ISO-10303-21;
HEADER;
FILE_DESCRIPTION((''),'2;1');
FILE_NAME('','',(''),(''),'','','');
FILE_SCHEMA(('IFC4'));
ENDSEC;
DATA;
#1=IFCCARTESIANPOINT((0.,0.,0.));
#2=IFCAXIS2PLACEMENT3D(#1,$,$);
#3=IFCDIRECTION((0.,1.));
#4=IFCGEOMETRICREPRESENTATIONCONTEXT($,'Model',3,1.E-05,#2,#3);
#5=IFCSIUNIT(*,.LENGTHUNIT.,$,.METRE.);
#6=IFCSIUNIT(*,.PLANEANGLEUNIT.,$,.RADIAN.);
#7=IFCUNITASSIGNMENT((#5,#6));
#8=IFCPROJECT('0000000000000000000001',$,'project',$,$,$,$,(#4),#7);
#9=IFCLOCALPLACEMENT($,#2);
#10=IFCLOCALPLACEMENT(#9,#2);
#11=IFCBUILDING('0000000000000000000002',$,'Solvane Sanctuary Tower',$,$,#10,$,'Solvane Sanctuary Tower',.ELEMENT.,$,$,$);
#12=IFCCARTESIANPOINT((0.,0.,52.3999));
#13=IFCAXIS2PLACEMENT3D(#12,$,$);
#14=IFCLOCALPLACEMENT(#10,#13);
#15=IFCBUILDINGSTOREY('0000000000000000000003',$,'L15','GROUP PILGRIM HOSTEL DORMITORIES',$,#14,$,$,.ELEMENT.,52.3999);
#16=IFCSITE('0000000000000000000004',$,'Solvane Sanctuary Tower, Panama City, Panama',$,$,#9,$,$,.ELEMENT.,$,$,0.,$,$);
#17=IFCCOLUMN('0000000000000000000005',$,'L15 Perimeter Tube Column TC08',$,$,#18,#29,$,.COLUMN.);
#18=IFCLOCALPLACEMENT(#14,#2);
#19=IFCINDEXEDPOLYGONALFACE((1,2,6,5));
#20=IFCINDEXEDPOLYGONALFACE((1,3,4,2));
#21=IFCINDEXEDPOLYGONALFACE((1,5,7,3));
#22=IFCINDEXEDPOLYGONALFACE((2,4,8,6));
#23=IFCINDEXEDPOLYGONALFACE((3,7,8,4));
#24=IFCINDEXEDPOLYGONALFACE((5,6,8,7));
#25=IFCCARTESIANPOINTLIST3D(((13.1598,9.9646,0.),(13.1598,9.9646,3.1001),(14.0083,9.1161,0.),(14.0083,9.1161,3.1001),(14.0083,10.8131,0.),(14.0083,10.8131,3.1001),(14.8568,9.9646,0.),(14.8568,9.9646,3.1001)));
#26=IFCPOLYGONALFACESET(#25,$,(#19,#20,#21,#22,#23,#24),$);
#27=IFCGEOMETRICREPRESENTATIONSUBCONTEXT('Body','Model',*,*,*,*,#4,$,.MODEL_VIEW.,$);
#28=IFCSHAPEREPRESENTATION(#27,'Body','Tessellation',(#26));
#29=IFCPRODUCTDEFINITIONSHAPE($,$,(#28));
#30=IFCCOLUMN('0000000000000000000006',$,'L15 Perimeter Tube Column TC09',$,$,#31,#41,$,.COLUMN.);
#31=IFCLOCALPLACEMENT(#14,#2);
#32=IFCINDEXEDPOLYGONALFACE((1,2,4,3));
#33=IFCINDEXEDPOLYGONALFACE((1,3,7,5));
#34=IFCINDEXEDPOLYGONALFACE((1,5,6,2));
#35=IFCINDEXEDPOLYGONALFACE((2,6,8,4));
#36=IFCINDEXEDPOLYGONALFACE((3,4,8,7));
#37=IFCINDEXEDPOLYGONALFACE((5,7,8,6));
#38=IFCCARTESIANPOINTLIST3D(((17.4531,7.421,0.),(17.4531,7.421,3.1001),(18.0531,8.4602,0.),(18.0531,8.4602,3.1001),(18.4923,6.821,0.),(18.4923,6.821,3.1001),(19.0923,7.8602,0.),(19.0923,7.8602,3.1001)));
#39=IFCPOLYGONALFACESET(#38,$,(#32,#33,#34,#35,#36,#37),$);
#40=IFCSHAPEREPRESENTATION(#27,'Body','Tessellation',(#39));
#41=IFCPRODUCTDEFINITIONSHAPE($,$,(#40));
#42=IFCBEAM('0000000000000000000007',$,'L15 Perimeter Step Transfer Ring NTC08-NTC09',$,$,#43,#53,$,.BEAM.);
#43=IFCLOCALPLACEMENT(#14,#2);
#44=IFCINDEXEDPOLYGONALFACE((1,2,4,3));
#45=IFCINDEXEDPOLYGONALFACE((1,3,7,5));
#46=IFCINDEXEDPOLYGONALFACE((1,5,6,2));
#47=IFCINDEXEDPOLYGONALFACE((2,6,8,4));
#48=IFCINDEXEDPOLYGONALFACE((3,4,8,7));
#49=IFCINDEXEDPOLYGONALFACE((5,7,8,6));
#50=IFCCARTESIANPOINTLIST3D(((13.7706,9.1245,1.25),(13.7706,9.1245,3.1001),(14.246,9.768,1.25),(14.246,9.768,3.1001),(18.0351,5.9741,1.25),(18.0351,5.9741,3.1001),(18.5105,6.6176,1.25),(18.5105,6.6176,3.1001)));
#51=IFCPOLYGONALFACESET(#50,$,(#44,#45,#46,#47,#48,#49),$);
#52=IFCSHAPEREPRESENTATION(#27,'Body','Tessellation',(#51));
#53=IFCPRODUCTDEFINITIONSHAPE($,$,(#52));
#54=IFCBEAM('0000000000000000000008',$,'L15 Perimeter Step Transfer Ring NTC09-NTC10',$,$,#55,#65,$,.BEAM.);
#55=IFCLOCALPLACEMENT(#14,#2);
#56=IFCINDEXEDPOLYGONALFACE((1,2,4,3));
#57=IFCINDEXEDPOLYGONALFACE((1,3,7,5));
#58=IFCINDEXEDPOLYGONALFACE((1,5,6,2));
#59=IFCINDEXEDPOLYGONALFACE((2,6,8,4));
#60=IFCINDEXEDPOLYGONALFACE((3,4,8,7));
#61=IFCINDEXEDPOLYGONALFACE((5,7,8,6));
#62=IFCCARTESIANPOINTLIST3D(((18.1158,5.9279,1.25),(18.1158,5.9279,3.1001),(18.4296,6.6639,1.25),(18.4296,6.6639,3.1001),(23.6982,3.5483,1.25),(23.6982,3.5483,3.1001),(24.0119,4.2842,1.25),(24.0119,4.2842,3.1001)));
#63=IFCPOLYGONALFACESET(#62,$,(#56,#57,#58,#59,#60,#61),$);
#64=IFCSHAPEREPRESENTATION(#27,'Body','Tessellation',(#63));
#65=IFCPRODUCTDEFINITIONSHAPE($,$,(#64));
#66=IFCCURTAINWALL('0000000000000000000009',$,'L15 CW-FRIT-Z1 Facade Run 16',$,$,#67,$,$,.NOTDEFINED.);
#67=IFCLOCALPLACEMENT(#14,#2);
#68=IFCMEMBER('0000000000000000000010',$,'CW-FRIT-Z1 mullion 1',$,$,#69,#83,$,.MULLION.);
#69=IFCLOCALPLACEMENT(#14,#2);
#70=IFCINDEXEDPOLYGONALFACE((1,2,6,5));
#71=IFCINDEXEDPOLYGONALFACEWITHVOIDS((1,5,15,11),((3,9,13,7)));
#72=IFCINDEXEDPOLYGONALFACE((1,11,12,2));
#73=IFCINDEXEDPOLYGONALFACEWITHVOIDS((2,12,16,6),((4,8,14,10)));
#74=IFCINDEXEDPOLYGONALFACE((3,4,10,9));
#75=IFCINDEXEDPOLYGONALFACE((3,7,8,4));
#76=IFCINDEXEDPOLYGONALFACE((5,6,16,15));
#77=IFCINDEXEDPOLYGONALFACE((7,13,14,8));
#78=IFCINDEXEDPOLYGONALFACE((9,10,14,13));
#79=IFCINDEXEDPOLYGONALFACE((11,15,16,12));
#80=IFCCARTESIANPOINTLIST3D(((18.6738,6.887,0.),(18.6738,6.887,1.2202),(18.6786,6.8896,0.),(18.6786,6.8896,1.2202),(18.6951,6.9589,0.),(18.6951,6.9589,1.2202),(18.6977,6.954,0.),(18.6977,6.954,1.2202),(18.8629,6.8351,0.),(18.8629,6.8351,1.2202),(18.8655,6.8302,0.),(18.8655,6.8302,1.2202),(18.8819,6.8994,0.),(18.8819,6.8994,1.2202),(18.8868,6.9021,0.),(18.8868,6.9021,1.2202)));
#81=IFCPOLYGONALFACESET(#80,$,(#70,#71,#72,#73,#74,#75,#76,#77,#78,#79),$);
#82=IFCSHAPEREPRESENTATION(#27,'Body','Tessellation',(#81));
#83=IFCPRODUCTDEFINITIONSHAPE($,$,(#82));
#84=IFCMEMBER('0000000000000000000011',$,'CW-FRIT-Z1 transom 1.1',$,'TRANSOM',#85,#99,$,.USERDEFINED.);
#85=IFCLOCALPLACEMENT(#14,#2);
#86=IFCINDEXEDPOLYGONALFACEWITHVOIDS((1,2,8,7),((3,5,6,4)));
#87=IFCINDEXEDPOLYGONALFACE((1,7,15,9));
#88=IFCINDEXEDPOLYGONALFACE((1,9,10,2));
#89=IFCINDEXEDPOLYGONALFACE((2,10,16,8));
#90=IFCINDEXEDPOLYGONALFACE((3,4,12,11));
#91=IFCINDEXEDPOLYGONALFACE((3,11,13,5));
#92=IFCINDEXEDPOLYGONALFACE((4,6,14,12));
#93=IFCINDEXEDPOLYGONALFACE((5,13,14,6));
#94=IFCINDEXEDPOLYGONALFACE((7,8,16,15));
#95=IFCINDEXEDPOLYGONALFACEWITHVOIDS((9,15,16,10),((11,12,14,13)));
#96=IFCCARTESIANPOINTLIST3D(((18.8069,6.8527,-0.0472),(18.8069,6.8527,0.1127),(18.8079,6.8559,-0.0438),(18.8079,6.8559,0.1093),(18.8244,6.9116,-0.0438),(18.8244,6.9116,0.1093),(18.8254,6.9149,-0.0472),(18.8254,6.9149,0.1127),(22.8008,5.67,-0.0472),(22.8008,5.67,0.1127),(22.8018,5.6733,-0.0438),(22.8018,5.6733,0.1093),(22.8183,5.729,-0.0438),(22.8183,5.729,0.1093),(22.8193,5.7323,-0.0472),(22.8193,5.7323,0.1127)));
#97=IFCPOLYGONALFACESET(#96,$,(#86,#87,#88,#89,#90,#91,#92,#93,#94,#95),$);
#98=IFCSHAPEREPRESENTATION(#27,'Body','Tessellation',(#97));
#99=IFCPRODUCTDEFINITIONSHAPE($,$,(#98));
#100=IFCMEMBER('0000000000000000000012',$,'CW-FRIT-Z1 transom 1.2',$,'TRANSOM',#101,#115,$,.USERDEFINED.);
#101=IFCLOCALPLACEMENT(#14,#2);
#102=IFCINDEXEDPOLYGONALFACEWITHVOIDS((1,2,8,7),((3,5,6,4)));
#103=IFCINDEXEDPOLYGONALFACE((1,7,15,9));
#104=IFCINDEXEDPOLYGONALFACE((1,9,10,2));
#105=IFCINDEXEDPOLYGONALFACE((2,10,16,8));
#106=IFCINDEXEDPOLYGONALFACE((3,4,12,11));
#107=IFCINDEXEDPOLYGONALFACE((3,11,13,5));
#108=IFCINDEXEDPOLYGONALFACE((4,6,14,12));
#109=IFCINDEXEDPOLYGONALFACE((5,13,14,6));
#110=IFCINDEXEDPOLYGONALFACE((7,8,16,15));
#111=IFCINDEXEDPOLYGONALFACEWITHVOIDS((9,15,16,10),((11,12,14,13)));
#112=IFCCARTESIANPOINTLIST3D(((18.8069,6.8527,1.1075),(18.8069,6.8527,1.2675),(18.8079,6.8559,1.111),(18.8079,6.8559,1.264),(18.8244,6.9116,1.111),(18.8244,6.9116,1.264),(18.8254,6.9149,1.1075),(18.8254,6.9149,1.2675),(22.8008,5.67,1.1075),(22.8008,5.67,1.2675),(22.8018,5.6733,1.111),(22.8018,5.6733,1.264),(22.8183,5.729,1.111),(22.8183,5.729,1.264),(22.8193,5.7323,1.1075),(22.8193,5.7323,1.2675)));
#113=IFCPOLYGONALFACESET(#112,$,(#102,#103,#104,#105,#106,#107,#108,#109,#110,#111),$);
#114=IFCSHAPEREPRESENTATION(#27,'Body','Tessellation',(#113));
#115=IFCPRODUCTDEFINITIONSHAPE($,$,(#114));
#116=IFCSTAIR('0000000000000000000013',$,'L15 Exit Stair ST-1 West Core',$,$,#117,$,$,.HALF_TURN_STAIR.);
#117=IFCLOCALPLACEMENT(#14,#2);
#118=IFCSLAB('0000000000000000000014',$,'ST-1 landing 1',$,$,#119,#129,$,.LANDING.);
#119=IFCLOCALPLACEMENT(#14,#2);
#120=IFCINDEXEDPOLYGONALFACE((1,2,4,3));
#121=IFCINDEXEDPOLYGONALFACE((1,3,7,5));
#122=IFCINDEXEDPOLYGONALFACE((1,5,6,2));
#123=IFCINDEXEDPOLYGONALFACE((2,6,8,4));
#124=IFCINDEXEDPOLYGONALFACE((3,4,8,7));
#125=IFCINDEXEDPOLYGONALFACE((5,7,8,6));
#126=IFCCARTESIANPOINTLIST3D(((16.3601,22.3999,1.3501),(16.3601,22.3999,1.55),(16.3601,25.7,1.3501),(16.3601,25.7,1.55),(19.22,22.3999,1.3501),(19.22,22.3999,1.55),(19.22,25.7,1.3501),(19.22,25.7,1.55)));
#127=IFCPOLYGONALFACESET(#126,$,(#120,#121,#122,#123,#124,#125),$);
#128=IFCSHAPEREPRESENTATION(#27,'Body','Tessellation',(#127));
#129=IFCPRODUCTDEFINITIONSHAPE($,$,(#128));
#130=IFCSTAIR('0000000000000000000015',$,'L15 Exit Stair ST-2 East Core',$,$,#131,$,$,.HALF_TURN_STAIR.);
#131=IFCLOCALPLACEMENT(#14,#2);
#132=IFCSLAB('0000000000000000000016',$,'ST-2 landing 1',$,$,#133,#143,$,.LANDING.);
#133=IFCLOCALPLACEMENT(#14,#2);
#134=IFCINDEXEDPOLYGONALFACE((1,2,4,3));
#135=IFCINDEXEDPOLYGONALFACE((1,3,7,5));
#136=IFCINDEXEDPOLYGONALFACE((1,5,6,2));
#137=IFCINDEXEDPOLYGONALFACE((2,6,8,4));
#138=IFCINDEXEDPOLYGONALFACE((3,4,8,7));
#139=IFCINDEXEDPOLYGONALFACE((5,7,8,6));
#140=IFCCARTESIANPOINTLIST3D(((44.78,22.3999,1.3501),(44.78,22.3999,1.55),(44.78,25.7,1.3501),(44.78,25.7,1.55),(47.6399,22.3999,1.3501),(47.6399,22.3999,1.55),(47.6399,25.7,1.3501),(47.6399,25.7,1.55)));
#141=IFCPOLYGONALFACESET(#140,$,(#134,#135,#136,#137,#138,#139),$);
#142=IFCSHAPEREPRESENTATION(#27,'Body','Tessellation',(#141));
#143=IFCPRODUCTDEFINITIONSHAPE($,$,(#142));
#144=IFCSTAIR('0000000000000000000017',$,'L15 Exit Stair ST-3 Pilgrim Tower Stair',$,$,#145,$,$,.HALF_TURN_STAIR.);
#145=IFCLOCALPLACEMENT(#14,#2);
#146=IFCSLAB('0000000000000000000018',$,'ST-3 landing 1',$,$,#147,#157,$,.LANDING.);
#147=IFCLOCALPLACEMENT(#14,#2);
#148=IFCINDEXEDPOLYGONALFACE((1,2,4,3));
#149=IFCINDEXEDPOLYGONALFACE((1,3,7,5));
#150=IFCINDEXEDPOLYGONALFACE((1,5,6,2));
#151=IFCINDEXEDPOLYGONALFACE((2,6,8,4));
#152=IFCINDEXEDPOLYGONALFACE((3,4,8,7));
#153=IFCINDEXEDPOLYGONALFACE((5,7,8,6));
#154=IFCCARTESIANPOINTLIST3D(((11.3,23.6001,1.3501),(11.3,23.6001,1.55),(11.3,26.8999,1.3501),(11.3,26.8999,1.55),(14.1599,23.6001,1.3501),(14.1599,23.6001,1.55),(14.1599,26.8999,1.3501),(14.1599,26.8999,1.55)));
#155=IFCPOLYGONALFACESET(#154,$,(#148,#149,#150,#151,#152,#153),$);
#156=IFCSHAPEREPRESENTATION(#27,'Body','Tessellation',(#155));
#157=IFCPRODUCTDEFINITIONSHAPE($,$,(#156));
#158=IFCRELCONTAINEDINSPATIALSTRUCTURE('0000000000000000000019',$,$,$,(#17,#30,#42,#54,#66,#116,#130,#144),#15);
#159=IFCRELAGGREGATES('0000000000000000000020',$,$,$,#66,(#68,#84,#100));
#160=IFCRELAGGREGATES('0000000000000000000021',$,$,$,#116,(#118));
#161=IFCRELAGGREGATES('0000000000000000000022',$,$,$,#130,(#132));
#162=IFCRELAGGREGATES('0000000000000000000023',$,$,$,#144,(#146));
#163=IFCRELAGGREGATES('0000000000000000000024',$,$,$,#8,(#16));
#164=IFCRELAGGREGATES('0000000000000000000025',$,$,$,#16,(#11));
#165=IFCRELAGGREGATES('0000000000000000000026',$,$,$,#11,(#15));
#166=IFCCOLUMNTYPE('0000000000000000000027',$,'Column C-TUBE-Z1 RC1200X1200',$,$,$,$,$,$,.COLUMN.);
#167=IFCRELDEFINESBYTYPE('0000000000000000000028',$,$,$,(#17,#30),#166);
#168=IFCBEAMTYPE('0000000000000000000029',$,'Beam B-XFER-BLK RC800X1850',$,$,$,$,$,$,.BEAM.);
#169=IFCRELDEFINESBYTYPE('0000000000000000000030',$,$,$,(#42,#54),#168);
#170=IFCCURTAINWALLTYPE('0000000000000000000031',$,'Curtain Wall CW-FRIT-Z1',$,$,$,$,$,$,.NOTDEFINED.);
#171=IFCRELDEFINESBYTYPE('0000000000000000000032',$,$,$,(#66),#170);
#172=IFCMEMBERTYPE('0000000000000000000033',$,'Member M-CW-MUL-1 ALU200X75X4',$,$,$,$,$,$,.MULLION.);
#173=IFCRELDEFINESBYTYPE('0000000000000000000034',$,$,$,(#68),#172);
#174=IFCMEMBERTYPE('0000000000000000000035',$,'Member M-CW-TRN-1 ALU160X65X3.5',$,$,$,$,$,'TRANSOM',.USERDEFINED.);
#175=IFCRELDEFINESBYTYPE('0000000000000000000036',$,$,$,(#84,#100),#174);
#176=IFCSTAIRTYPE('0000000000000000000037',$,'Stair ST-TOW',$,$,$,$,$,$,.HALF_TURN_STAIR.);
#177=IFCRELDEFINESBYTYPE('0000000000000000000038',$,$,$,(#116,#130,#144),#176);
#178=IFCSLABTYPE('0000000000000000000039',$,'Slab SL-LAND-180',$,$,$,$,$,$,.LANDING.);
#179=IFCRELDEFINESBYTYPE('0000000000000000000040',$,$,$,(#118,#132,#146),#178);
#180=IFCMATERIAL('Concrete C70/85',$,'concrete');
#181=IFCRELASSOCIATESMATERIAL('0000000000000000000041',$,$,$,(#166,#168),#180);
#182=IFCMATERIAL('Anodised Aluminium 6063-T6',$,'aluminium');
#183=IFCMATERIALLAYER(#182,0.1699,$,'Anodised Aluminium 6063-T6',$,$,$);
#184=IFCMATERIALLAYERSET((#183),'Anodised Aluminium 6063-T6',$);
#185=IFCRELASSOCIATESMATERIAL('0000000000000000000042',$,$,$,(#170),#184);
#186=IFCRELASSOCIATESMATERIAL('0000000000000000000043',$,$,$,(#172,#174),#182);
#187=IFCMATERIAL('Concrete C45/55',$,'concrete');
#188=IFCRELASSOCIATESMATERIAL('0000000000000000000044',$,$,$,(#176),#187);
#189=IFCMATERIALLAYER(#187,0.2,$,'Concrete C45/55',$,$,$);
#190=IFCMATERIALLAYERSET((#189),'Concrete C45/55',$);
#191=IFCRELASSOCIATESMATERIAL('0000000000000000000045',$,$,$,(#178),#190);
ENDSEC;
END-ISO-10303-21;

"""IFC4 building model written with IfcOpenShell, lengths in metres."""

from ifc_helpers import new_model, si_unit, direction, frame, origin, origin_2d, place, context, subcontext, project, spatial, polyline, rectangle, hollow_rectangle, outline, extrude, material, layer, layer_set, material_profile, profile_set, type_object, element, aggregate, save


model = new_model("IFC4")

# Units and contexts
model_context = context("Model", 3, precision=1e-05, world=origin(), true_north=direction((0.0, 1.0)))
body_context = subcontext(model_context, "Body", "Model", "MODEL_VIEW")
ifc_project = project(units=[si_unit("LENGTHUNIT", "METRE"), si_unit("PLANEANGLEUNIT", "RADIAN")], contexts=[model_context])

# Site, building, storey
site_placement = place(None, origin())
site = spatial("IfcSite", under=ifc_project, at=site_placement, Name="Solvane Sanctuary Tower, Panama City, Panama", CompositionType="ELEMENT", RefElevation=0.0)
building_placement = place(site_placement, origin())
building = spatial("IfcBuilding", under=site, at=building_placement, Name="Solvane Sanctuary Tower", LongName="Solvane Sanctuary Tower", CompositionType="ELEMENT")
storey_placement = place(building_placement, frame((0.0, 0.0, 52.3999)))
storey = spatial("IfcBuildingStorey", under=building, at=storey_placement, Name="L15", Description="GROUP PILGRIM HOSTEL DORMITORIES", CompositionType="ELEMENT", Elevation=52.3999)

# Columns
ifc_material_1 = material(Name="Concrete C70/85", Category="concrete")
ifc_material_profile_1 = material_profile(ifc_material_1, rectangle(XDim=1.2, YDim=1.2, at=origin_2d()), Name="RC1200X1200")
ifc_profile_set_1 = profile_set([ifc_material_profile_1], Name="Concrete C70/85")
column_type = type_object("IfcColumnType", Name="Column C-TUBE-Z1 RC1200X1200", PredefinedType="COLUMN", material=ifc_profile_set_1)
for number, where, z_axis, x_axis, name in (
    (1, (14.0083, 9.9646, 0.0), (0.0, 0.0, 1.0), (-0.707107, -0.707107, 0.0), "L15 Perimeter Tube Column TC08"),
    (2, (18.2727, 7.6406, 0.0), (0.0, 0.0, 1.0), (-0.5, -0.866025, 0.0), "L15 Perimeter Tube Column TC09"),
):
    element("IfcColumn", number, at=place(storey_placement, frame(where, z_axis=z_axis, x_axis=x_axis)), inside=storey, type_object=column_type, Name=name, PredefinedType="COLUMN", context=body_context, shape_type="SweptSolid", body=[
        extrude(rectangle(XDim=1.2, YDim=1.2, at=origin_2d()), origin(), (0.0, 0.0, 1.0), 3.1001),
    ])

# Beams
ifc_material_profile_2 = material_profile(ifc_material_1, rectangle(XDim=0.8, YDim=1.8501, at=origin_2d()), Name="RC800X1850")
ifc_profile_set_2 = profile_set([ifc_material_profile_2], Name="Concrete C70/85")
beam_type = type_object("IfcBeamType", Name="Beam B-XFER-BLK RC800X1850", PredefinedType="BEAM", material=ifc_profile_set_2)
beam_1_placement = place(storey_placement, frame((14.0083, 9.4463, 2.175), z_axis=(0.804317, -0.594201, 0.0), x_axis=(0.594201, 0.804317, 0.0)))
element("IfcBeam", 3, at=beam_1_placement, inside=storey, type_object=beam_type, Name="L15 Perimeter Step Transfer Ring NTC08-NTC09", PredefinedType="BEAM", context=body_context, shape_type="SweptSolid", body=[
    extrude(rectangle(XDim=0.8, YDim=1.8501, at=origin_2d()), origin(), (0.0, 0.0, 1.0), 5.302),
])
beam_2_placement = place(storey_placement, frame((18.2727, 6.2959, 2.175), z_axis=(0.919905, -0.392141, 0.0), x_axis=(0.392141, 0.919905, 0.0)))
element("IfcBeam", 4, at=beam_2_placement, inside=storey, type_object=beam_type, Name="L15 Perimeter Step Transfer Ring NTC09-NTC10", PredefinedType="BEAM", context=body_context, shape_type="SweptSolid", body=[
    extrude(rectangle(XDim=0.8, YDim=1.8501, at=origin_2d()), origin(), (0.0, 0.0, 1.0), 6.0684),
])

# Curtain wall, members
ifc_material_2 = material(Name="Anodised Aluminium 6063-T6", Category="aluminium")
ifc_layer_1 = layer(ifc_material_2, 0.1699, Name="Anodised Aluminium 6063-T6")
ifc_layer_set_1 = layer_set([ifc_layer_1], Name="Anodised Aluminium 6063-T6")
curtain_wall_type = type_object("IfcCurtainWallType", Name="Curtain Wall CW-FRIT-Z1", PredefinedType="NOTDEFINED", material=ifc_layer_set_1)
curtain_wall_placement = place(storey_placement, origin())
curtain_wall = element("IfcCurtainWall", 5, at=curtain_wall_placement, inside=storey, type_object=curtain_wall_type, Name="L15 CW-FRIT-Z1 Facade Run 16", PredefinedType="NOTDEFINED")
ifc_material_profile_3 = material_profile(ifc_material_2, hollow_rectangle(XDim=0.075, YDim=0.2, WallThickness=0.0039, at=origin_2d()), Name="ALU200X75X4")
ifc_profile_set_3 = profile_set([ifc_material_profile_3], Name="Anodised Aluminium 6063-T6")
member_type_1 = type_object("IfcMemberType", Name="Member M-CW-MUL-1 ALU200X75X4", PredefinedType="MULLION", material=ifc_profile_set_3)
member_1_placement = place(storey_placement, frame((18.7803, 6.8945, 0.0), z_axis=(0.0, 0.0, 1.0), x_axis=(0.283936, 0.958843, 0.0)))
member_1 = element("IfcMember", 6, at=member_1_placement, type_object=member_type_1, Name="CW-FRIT-Z1 mullion 1", PredefinedType="MULLION", context=body_context, shape_type="SweptSolid", body=[
    extrude(hollow_rectangle(XDim=0.075, YDim=0.2, WallThickness=0.0039, at=origin_2d()), origin(), (0.0, 0.0, 1.0), 1.2202),
])
ifc_material_profile_4 = material_profile(ifc_material_2, hollow_rectangle(XDim=0.0649, YDim=0.1599, WallThickness=0.0034, at=origin_2d()), Name="ALU160X65X3.5")
ifc_profile_set_4 = profile_set([ifc_material_profile_4], Name="Anodised Aluminium 6063-T6")
member_type_2 = type_object("IfcMemberType", Name="Member M-CW-TRN-1 ALU160X65X3.5", ElementType="TRANSOM", PredefinedType="USERDEFINED", material=ifc_profile_set_4)
member_2_placement = place(storey_placement, frame((18.8162, 6.8838, 0.0327), z_axis=(0.958848, -0.283921, 0.0), x_axis=(0.283921, 0.958848, 0.0)))
member_2 = element("IfcMember", 7, at=member_2_placement, type_object=member_type_2, Name="CW-FRIT-Z1 transom 1.1", ObjectType="TRANSOM", PredefinedType="USERDEFINED", context=body_context, shape_type="SweptSolid", body=[
    extrude(hollow_rectangle(XDim=0.0649, YDim=0.1599, WallThickness=0.0034, at=origin_2d()), origin(), (0.0, 0.0, 1.0), 4.1653),
])
member_3_placement = place(storey_placement, frame((18.8162, 6.8838, 1.1875), z_axis=(0.958848, -0.283921, 0.0), x_axis=(0.283921, 0.958848, 0.0)))
member_3 = element("IfcMember", 8, at=member_3_placement, type_object=member_type_2, Name="CW-FRIT-Z1 transom 1.2", ObjectType="TRANSOM", PredefinedType="USERDEFINED", context=body_context, shape_type="SweptSolid", body=[
    extrude(hollow_rectangle(XDim=0.0649, YDim=0.1599, WallThickness=0.0034, at=origin_2d()), origin(), (0.0, 0.0, 1.0), 4.1653),
])
aggregate(curtain_wall, [member_1, member_2, member_3])

# Stairs, slabs
ifc_material_3 = material(Name="Concrete C45/55", Category="concrete")
stair_type = type_object("IfcStairType", Name="Stair ST-TOW", PredefinedType="HALF_TURN_STAIR", material=ifc_material_3)
stair_1_placement = place(storey_placement, origin())
stair_1 = element("IfcStair", 9, at=stair_1_placement, inside=storey, type_object=stair_type, Name="L15 Exit Stair ST-1 West Core", PredefinedType="HALF_TURN_STAIR")
ifc_layer_2 = layer(ifc_material_3, 0.2, Name="Concrete C45/55")
ifc_layer_set_2 = layer_set([ifc_layer_2], Name="Concrete C45/55")
slab_type_1 = type_object("IfcSlabType", Name="Slab SL-LAND-180", PredefinedType="LANDING", material=ifc_layer_set_2)
slab_1_placement = place(storey_placement, frame((0.0, 0.0, 1.3501)))
slab_1 = element("IfcSlab", 10, at=slab_1_placement, type_object=slab_type_1, Name="ST-1 landing 1", PredefinedType="LANDING", context=body_context, shape_type="SweptSolid", body=[
    extrude(outline(polyline([(19.22, 22.3999), (19.22, 25.7), (16.3601, 25.7), (16.3601, 22.3999), (19.22, 22.3999)])), origin(), (0.0, 0.0, 1.0), 0.2),
])
aggregate(stair_1, [slab_1])
stair_2_placement = place(storey_placement, origin())
stair_2 = element("IfcStair", 11, at=stair_2_placement, inside=storey, type_object=stair_type, Name="L15 Exit Stair ST-2 East Core", PredefinedType="HALF_TURN_STAIR")
slab_2_placement = place(storey_placement, frame((0.0, 0.0, 1.3501)))
slab_2 = element("IfcSlab", 12, at=slab_2_placement, type_object=slab_type_1, Name="ST-2 landing 1", PredefinedType="LANDING", context=body_context, shape_type="SweptSolid", body=[
    extrude(outline(polyline([(47.6399, 22.3999), (47.6399, 25.7), (44.78, 25.7), (44.78, 22.3999), (47.6399, 22.3999)])), origin(), (0.0, 0.0, 1.0), 0.2),
])
aggregate(stair_2, [slab_2])
stair_3_placement = place(storey_placement, origin())
stair_3 = element("IfcStair", 13, at=stair_3_placement, inside=storey, type_object=stair_type, Name="L15 Exit Stair ST-3 Pilgrim Tower Stair", PredefinedType="HALF_TURN_STAIR")
slab_3_placement = place(storey_placement, frame((0.0, 0.0, 1.3501)))
slab_3 = element("IfcSlab", 14, at=slab_3_placement, type_object=slab_type_1, Name="ST-3 landing 1", PredefinedType="LANDING", context=body_context, shape_type="SweptSolid", body=[
    extrude(outline(polyline([(14.1599, 23.6001), (14.1599, 26.8999), (11.3, 26.8999), (11.3, 23.6001), (14.1599, 23.6001)])), origin(), (0.0, 0.0, 1.0), 0.2),
])
aggregate(stair_3, [slab_3])

save(model, "model.ifc")
